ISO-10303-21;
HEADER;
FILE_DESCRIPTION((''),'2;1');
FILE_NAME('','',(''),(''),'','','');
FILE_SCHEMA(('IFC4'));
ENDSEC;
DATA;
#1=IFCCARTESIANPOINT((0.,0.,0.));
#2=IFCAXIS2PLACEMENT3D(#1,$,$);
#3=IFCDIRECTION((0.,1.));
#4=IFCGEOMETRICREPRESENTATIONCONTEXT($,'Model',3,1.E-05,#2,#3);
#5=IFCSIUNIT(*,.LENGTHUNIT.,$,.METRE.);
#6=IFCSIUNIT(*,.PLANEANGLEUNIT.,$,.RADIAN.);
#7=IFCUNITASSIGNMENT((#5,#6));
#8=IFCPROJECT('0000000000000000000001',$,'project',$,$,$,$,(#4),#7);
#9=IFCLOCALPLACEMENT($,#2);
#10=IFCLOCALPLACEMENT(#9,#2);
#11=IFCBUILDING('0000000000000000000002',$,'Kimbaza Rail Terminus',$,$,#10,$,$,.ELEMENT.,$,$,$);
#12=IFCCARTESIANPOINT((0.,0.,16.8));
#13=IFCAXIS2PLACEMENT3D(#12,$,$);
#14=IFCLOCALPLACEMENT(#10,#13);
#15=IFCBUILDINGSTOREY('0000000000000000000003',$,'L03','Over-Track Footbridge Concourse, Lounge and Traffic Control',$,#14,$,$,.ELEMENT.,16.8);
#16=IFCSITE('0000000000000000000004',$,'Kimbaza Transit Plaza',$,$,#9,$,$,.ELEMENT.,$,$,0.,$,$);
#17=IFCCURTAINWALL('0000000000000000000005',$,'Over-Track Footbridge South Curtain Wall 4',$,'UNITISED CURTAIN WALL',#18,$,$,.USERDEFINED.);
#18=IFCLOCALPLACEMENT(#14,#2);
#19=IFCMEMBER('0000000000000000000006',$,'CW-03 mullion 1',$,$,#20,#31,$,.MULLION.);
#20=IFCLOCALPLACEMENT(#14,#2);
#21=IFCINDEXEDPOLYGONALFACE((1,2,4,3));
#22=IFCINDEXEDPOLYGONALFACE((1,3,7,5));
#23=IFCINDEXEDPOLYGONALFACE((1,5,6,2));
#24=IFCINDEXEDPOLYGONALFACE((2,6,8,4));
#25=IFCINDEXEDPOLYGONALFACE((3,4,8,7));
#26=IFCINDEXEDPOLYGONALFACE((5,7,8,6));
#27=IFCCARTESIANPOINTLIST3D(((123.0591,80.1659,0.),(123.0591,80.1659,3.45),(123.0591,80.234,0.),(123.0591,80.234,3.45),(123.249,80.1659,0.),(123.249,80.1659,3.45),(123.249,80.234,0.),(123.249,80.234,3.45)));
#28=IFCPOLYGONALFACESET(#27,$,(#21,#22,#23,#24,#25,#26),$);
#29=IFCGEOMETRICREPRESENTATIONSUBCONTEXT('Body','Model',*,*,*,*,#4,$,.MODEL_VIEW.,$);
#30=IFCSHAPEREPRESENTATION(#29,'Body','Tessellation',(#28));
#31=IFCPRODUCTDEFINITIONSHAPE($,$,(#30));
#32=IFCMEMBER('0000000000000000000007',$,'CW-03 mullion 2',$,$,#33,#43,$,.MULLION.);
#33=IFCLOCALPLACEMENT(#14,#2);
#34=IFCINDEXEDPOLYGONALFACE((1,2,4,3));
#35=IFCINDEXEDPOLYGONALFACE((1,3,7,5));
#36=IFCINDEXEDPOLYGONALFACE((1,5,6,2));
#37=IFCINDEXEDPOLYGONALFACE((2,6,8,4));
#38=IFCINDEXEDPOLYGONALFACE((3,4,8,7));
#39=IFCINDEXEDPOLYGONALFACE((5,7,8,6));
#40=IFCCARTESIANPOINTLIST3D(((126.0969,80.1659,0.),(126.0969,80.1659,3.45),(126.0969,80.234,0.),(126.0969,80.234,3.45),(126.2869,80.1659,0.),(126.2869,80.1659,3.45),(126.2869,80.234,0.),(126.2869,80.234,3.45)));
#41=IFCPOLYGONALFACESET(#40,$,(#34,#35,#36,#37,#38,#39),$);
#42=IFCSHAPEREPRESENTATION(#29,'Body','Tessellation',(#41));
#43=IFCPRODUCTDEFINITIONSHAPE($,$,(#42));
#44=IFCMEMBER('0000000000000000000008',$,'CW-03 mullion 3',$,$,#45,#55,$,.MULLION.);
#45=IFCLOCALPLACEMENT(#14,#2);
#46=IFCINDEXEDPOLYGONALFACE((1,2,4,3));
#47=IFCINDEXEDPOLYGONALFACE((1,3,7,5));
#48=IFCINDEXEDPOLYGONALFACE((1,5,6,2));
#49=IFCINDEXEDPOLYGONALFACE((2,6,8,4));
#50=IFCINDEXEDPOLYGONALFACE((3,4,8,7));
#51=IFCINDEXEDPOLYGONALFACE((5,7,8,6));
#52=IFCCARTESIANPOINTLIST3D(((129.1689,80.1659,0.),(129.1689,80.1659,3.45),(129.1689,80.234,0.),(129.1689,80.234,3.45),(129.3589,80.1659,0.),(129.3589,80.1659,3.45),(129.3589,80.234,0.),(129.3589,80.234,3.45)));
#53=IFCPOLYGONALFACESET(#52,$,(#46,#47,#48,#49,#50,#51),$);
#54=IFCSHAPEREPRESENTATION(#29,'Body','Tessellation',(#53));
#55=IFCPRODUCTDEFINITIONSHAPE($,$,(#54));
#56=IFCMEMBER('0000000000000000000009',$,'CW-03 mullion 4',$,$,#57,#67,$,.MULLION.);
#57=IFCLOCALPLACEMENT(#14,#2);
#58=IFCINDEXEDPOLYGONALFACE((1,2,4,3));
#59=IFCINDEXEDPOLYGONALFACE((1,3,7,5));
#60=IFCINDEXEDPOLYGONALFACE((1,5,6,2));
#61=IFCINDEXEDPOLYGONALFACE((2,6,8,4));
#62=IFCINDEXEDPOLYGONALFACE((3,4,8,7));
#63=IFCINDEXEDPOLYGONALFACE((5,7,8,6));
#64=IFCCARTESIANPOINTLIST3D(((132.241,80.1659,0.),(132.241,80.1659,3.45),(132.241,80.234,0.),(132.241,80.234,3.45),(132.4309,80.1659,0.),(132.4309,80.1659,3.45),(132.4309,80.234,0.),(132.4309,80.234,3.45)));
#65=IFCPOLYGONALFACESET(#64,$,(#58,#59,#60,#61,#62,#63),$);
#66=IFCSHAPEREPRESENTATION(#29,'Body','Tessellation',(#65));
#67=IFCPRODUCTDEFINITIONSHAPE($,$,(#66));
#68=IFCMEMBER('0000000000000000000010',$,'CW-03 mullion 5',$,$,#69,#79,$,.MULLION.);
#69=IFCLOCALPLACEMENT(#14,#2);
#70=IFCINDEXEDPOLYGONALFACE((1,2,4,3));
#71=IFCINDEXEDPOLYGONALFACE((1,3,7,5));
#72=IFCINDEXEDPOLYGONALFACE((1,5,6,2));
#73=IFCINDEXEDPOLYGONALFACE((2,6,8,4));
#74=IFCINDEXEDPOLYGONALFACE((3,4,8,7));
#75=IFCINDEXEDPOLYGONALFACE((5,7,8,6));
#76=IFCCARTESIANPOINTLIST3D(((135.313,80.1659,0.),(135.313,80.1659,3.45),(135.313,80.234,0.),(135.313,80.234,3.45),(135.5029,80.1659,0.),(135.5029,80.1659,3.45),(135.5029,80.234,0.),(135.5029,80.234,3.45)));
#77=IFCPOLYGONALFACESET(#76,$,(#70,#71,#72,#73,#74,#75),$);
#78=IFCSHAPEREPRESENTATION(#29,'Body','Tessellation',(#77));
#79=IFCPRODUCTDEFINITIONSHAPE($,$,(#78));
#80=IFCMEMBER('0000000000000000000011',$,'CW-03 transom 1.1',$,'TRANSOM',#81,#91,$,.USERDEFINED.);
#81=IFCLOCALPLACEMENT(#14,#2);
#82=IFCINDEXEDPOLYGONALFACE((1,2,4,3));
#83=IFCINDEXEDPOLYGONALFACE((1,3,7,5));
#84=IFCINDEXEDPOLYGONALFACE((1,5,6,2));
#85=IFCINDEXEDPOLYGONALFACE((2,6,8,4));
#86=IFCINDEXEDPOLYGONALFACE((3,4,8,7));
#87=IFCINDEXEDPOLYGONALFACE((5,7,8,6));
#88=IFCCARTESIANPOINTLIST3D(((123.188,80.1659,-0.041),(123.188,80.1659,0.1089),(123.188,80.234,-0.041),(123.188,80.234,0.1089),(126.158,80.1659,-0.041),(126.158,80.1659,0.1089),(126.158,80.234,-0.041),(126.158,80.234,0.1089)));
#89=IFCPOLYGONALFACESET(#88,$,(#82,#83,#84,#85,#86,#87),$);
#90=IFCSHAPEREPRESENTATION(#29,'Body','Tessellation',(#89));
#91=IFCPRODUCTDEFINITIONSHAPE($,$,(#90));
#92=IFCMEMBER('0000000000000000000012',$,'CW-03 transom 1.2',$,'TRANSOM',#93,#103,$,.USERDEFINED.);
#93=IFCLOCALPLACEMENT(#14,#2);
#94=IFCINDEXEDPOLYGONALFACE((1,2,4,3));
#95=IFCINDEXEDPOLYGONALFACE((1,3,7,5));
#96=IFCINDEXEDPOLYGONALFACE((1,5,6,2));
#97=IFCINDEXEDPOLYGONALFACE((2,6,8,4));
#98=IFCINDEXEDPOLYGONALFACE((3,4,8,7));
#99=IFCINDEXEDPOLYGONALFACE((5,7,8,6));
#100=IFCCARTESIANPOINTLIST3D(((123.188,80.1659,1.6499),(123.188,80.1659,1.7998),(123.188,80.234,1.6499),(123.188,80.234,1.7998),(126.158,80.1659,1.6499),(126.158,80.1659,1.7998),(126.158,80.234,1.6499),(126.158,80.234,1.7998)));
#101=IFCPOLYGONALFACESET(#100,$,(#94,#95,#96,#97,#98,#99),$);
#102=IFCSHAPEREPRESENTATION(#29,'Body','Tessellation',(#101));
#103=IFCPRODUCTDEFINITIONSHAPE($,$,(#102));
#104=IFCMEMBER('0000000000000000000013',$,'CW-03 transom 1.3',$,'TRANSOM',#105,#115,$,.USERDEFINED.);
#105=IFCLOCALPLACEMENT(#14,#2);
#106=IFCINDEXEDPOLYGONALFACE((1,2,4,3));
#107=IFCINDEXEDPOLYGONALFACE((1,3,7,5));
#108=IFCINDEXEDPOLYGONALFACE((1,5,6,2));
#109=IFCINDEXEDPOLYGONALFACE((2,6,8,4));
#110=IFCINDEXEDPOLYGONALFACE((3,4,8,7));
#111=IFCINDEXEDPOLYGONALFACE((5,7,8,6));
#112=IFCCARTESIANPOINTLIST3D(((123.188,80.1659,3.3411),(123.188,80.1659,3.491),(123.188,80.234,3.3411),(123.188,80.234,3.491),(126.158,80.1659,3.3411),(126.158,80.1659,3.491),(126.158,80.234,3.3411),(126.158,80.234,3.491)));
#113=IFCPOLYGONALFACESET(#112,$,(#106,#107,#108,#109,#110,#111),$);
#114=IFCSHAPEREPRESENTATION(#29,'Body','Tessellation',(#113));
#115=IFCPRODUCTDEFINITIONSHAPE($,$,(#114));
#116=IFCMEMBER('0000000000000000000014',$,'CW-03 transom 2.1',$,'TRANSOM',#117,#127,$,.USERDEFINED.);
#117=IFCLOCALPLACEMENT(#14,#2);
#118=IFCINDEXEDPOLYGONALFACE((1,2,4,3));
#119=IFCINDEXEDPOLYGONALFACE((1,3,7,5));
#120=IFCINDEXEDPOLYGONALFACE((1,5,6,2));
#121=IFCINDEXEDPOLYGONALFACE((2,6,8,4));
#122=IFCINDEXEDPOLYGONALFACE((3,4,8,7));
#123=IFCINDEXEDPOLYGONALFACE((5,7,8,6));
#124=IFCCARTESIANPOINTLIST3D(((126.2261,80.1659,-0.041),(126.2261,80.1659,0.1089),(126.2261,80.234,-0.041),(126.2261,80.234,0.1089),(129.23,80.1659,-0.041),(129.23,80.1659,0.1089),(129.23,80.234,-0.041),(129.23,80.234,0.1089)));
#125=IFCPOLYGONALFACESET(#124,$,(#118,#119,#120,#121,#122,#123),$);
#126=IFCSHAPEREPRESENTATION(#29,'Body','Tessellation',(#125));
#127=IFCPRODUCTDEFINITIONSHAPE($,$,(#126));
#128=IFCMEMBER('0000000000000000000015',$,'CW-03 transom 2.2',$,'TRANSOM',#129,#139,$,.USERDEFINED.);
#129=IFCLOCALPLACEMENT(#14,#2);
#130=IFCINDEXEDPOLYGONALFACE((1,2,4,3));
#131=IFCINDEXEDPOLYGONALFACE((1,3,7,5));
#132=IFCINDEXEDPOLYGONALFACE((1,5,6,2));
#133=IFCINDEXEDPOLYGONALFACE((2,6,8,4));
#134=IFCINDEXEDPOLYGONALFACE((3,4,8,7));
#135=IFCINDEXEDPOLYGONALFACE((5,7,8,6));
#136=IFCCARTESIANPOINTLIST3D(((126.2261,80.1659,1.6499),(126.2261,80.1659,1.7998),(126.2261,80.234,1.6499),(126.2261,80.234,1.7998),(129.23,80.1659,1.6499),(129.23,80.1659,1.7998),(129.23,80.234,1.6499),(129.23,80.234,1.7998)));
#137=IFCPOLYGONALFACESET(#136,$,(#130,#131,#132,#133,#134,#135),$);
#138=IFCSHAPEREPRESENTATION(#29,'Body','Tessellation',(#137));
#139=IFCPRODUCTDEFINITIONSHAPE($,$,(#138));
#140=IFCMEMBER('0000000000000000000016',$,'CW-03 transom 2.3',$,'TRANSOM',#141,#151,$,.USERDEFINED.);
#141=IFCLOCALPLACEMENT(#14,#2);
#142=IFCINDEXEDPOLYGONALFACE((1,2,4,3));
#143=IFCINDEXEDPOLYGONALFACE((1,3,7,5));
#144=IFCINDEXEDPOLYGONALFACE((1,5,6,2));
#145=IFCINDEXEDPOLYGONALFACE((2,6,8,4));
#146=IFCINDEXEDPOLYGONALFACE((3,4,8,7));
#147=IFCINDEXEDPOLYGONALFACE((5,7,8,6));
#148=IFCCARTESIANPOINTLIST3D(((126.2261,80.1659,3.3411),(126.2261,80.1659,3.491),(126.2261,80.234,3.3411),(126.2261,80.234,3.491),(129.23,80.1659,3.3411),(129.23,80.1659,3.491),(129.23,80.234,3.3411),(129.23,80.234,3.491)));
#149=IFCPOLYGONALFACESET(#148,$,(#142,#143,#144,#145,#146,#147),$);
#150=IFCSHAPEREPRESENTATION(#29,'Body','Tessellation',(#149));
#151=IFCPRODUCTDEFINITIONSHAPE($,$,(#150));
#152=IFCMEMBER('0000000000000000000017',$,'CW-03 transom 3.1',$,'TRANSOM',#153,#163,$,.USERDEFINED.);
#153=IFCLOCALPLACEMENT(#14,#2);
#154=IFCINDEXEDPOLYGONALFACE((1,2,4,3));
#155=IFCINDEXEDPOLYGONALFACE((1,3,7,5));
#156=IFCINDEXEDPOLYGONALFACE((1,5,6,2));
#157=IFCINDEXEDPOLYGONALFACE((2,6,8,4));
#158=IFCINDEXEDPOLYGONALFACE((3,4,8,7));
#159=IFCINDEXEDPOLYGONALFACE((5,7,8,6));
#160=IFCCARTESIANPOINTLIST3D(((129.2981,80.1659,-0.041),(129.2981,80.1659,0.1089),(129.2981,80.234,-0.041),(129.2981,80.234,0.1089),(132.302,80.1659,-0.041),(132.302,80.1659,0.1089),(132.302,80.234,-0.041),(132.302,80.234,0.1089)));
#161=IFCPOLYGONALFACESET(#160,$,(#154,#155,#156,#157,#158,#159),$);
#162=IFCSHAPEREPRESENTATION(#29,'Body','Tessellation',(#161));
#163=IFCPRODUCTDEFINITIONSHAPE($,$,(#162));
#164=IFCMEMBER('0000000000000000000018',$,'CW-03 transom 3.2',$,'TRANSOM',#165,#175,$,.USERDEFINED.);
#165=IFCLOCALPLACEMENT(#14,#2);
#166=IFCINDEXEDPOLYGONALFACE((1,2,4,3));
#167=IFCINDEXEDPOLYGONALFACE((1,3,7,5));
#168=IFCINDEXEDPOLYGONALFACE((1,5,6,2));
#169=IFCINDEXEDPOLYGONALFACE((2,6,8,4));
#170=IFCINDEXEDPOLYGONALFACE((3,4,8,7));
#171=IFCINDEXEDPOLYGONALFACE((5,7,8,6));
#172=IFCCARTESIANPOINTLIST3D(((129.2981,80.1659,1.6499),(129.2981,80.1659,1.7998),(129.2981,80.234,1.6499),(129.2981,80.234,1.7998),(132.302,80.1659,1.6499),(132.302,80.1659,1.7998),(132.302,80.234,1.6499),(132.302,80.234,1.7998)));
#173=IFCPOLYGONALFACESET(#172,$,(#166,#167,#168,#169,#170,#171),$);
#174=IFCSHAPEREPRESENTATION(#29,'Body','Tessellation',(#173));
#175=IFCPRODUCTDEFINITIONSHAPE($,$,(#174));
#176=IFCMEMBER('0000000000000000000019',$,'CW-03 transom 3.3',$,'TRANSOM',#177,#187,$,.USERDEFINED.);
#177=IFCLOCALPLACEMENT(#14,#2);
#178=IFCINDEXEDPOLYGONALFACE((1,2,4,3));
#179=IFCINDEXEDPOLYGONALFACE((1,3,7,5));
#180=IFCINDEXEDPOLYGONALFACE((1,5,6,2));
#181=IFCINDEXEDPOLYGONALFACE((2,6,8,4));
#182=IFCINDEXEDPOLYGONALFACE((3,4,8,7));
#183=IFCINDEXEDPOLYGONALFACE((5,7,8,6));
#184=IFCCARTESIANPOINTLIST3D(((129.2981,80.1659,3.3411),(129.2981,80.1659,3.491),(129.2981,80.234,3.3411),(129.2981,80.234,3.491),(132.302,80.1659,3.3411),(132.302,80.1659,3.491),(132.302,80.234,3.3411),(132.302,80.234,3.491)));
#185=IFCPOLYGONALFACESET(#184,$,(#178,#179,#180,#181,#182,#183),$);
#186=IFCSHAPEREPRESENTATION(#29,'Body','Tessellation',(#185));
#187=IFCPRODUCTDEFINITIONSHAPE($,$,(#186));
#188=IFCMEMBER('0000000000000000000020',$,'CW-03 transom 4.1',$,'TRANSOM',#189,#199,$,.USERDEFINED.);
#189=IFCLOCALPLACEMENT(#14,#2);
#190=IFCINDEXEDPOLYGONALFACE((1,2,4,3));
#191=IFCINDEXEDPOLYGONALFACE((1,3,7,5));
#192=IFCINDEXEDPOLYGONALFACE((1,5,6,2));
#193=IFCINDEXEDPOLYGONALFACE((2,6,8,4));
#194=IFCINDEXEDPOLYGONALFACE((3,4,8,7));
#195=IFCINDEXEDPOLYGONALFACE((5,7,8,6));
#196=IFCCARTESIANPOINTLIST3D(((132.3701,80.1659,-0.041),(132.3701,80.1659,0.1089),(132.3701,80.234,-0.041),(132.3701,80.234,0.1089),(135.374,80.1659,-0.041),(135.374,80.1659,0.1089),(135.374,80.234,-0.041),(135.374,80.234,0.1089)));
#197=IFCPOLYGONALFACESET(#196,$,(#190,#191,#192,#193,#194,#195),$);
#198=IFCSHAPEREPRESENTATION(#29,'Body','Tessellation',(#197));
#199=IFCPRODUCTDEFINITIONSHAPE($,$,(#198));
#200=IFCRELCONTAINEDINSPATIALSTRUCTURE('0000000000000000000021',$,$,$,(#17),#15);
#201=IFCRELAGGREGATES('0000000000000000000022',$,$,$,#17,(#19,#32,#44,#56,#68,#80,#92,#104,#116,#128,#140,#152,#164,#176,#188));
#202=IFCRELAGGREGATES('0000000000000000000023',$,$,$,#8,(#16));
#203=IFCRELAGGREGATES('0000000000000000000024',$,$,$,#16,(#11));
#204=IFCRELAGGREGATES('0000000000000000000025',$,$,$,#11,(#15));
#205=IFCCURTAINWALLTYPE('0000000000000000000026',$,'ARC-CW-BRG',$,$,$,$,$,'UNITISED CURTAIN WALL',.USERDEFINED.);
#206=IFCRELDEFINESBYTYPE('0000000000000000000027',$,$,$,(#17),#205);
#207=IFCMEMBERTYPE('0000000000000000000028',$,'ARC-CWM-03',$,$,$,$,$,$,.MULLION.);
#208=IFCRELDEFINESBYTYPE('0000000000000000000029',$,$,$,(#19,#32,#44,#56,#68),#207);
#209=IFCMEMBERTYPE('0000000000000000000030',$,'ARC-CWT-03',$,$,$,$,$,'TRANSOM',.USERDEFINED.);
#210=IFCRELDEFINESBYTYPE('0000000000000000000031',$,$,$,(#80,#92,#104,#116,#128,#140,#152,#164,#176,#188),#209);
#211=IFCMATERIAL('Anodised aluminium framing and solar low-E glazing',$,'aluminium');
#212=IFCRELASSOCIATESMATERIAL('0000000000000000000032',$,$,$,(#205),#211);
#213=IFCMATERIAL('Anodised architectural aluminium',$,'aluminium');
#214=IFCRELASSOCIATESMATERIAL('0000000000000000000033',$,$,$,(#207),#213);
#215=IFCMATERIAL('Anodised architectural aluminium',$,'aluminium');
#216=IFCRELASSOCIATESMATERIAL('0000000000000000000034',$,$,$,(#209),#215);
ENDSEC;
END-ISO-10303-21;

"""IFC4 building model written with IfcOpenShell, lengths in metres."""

from ifc_helpers import new_model, si_unit, direction, frame, origin, origin_2d, place, context, subcontext, project, spatial, rectangle, extrude, material, material_profile, profile_set, type_object, element, aggregate, save


model = new_model("IFC4")

# Units and contexts
model_context = context("Model", 3, precision=1e-05, world=origin(), true_north=direction((0.0, 1.0)))
body_context = subcontext(model_context, "Body", "Model", "MODEL_VIEW")
ifc_project = project(units=[si_unit("LENGTHUNIT", "METRE"), si_unit("PLANEANGLEUNIT", "RADIAN")], contexts=[model_context])

# Site, building, storey
site_placement = place(None, origin())
site = spatial("IfcSite", under=ifc_project, at=site_placement, Name="Kimbaza Transit Plaza", CompositionType="ELEMENT", RefElevation=0.0)
building_placement = place(site_placement, origin())
building = spatial("IfcBuilding", under=site, at=building_placement, Name="Kimbaza Rail Terminus", CompositionType="ELEMENT")
storey_placement = place(building_placement, frame((0.0, 0.0, 16.8)))
storey = spatial("IfcBuildingStorey", under=building, at=storey_placement, Name="L03", Description="Over-Track Footbridge Concourse, Lounge and Traffic Control", CompositionType="ELEMENT", Elevation=16.8)

# Curtain wall, members
ifc_material_1 = material(Name="Anodised aluminium framing and solar low-E glazing", Category="aluminium")
curtain_wall_type = type_object("IfcCurtainWallType", Name="ARC-CW-BRG", ElementType="UNITISED CURTAIN WALL", PredefinedType="USERDEFINED", material=ifc_material_1)
curtain_wall_placement = place(storey_placement, origin())
curtain_wall = element("IfcCurtainWall", 1, at=curtain_wall_placement, inside=storey, type_object=curtain_wall_type, Name="Over-Track Footbridge South Curtain Wall 4", ObjectType="UNITISED CURTAIN WALL", PredefinedType="USERDEFINED")
ifc_material_2 = material(Name="Anodised architectural aluminium", Category="aluminium")
ifc_material_profile_1 = material_profile(ifc_material_2, rectangle(XDim=0.0681, YDim=0.1899, at=origin_2d()), Name="MULLION 68x190")
ifc_profile_set_1 = profile_set([ifc_material_profile_1], Name="Anodised architectural aluminium")
member_type_1 = type_object("IfcMemberType", Name="ARC-CWM-03", PredefinedType="MULLION", material=ifc_profile_set_1)
member_1_placement = place(storey_placement, frame((123.1541, 80.2, 0.0), z_axis=(0.0, 0.0, 1.0), x_axis=(0.0, 1.0, 0.0)))
member_1 = element("IfcMember", 2, at=member_1_placement, type_object=member_type_1, Name="CW-03 mullion 1", PredefinedType="MULLION", context=body_context, shape_type="SweptSolid", body=[
    extrude(rectangle(XDim=0.0681, YDim=0.1899, at=origin_2d()), origin(), (0.0, 0.0, 1.0), 3.45),
])
member_2_placement = place(storey_placement, frame((126.1919, 80.2, 0.0), z_axis=(0.0, 0.0, 1.0), x_axis=(0.0, 1.0, 0.0)))
member_2 = element("IfcMember", 3, at=member_2_placement, type_object=member_type_1, Name="CW-03 mullion 2", PredefinedType="MULLION", context=body_context, shape_type="SweptSolid", body=[
    extrude(rectangle(XDim=0.0681, YDim=0.1899, at=origin_2d()), origin(), (0.0, 0.0, 1.0), 3.45),
])
member_3_placement = place(storey_placement, frame((129.2639, 80.2, 0.0), z_axis=(0.0, 0.0, 1.0), x_axis=(0.0, 1.0, 0.0)))
member_3 = element("IfcMember", 4, at=member_3_placement, type_object=member_type_1, Name="CW-03 mullion 3", PredefinedType="MULLION", context=body_context, shape_type="SweptSolid", body=[
    extrude(rectangle(XDim=0.0681, YDim=0.1899, at=origin_2d()), origin(), (0.0, 0.0, 1.0), 3.45),
])
member_4_placement = place(storey_placement, frame((132.3359, 80.2, 0.0), z_axis=(0.0, 0.0, 1.0), x_axis=(0.0, 1.0, 0.0)))
member_4 = element("IfcMember", 5, at=member_4_placement, type_object=member_type_1, Name="CW-03 mullion 4", PredefinedType="MULLION", context=body_context, shape_type="SweptSolid", body=[
    extrude(rectangle(XDim=0.0681, YDim=0.1899, at=origin_2d()), origin(), (0.0, 0.0, 1.0), 3.45),
])
member_5_placement = place(storey_placement, frame((135.408, 80.2, 0.0), z_axis=(0.0, 0.0, 1.0), x_axis=(0.0, 1.0, 0.0)))
member_5 = element("IfcMember", 6, at=member_5_placement, type_object=member_type_1, Name="CW-03 mullion 5", PredefinedType="MULLION", context=body_context, shape_type="SweptSolid", body=[
    extrude(rectangle(XDim=0.0681, YDim=0.1899, at=origin_2d()), origin(), (0.0, 0.0, 1.0), 3.45),
])
ifc_material_3 = material(Name="Anodised architectural aluminium", Category="aluminium")
ifc_material_profile_2 = material_profile(ifc_material_3, rectangle(XDim=0.0681, YDim=0.1499, at=origin_2d()), Name="TRANSOM 68x150")
ifc_profile_set_2 = profile_set([ifc_material_profile_2], Name="Anodised architectural aluminium")
member_type_2 = type_object("IfcMemberType", Name="ARC-CWT-03", ElementType="TRANSOM", PredefinedType="USERDEFINED", material=ifc_profile_set_2)
member_6_placement = place(storey_placement, frame((123.188, 80.2, 0.0339), z_axis=(1.0, 0.0, 0.0), x_axis=(0.0, 1.0, 0.0)))
member_6 = element("IfcMember", 7, at=member_6_placement, type_object=member_type_2, Name="CW-03 transom 1.1", ObjectType="TRANSOM", PredefinedType="USERDEFINED", context=body_context, shape_type="SweptSolid", body=[
    extrude(rectangle(XDim=0.0681, YDim=0.1499, at=origin_2d()), origin(), (0.0, 0.0, 1.0), 2.97),
])
member_7_placement = place(storey_placement, frame((123.188, 80.2, 1.7249), z_axis=(1.0, 0.0, 0.0), x_axis=(0.0, 1.0, 0.0)))
member_7 = element("IfcMember", 8, at=member_7_placement, type_object=member_type_2, Name="CW-03 transom 1.2", ObjectType="TRANSOM", PredefinedType="USERDEFINED", context=body_context, shape_type="SweptSolid", body=[
    extrude(rectangle(XDim=0.0681, YDim=0.1499, at=origin_2d()), origin(), (0.0, 0.0, 1.0), 2.97),
])
member_8_placement = place(storey_placement, frame((123.188, 80.2, 3.416), z_axis=(1.0, 0.0, 0.0), x_axis=(0.0, 1.0, 0.0)))
member_8 = element("IfcMember", 9, at=member_8_placement, type_object=member_type_2, Name="CW-03 transom 1.3", ObjectType="TRANSOM", PredefinedType="USERDEFINED", context=body_context, shape_type="SweptSolid", body=[
    extrude(rectangle(XDim=0.0681, YDim=0.1499, at=origin_2d()), origin(), (0.0, 0.0, 1.0), 2.97),
])
member_9_placement = place(storey_placement, frame((126.2261, 80.2, 0.0339), z_axis=(1.0, 0.0, 0.0), x_axis=(0.0, 1.0, 0.0)))
member_9 = element("IfcMember", 10, at=member_9_placement, type_object=member_type_2, Name="CW-03 transom 2.1", ObjectType="TRANSOM", PredefinedType="USERDEFINED", context=body_context, shape_type="SweptSolid", body=[
    extrude(rectangle(XDim=0.0681, YDim=0.1499, at=origin_2d()), origin(), (0.0, 0.0, 1.0), 3.0039),
])
member_10_placement = place(storey_placement, frame((126.2261, 80.2, 1.7249), z_axis=(1.0, 0.0, 0.0), x_axis=(0.0, 1.0, 0.0)))
member_10 = element("IfcMember", 11, at=member_10_placement, type_object=member_type_2, Name="CW-03 transom 2.2", ObjectType="TRANSOM", PredefinedType="USERDEFINED", context=body_context, shape_type="SweptSolid", body=[
    extrude(rectangle(XDim=0.0681, YDim=0.1499, at=origin_2d()), origin(), (0.0, 0.0, 1.0), 3.0039),
])
member_11_placement = place(storey_placement, frame((126.2261, 80.2, 3.416), z_axis=(1.0, 0.0, 0.0), x_axis=(0.0, 1.0, 0.0)))
member_11 = element("IfcMember", 12, at=member_11_placement, type_object=member_type_2, Name="CW-03 transom 2.3", ObjectType="TRANSOM", PredefinedType="USERDEFINED", context=body_context, shape_type="SweptSolid", body=[
    extrude(rectangle(XDim=0.0681, YDim=0.1499, at=origin_2d()), origin(), (0.0, 0.0, 1.0), 3.0039),
])
member_12_placement = place(storey_placement, frame((129.2981, 80.2, 0.0339), z_axis=(1.0, 0.0, 0.0), x_axis=(0.0, 1.0, 0.0)))
member_12 = element("IfcMember", 13, at=member_12_placement, type_object=member_type_2, Name="CW-03 transom 3.1", ObjectType="TRANSOM", PredefinedType="USERDEFINED", context=body_context, shape_type="SweptSolid", body=[
    extrude(rectangle(XDim=0.0681, YDim=0.1499, at=origin_2d()), origin(), (0.0, 0.0, 1.0), 3.0039),
])
member_13_placement = place(storey_placement, frame((129.2981, 80.2, 1.7249), z_axis=(1.0, 0.0, 0.0), x_axis=(0.0, 1.0, 0.0)))
member_13 = element("IfcMember", 14, at=member_13_placement, type_object=member_type_2, Name="CW-03 transom 3.2", ObjectType="TRANSOM", PredefinedType="USERDEFINED", context=body_context, shape_type="SweptSolid", body=[
    extrude(rectangle(XDim=0.0681, YDim=0.1499, at=origin_2d()), origin(), (0.0, 0.0, 1.0), 3.0039),
])
member_14_placement = place(storey_placement, frame((129.2981, 80.2, 3.416), z_axis=(1.0, 0.0, 0.0), x_axis=(0.0, 1.0, 0.0)))
member_14 = element("IfcMember", 15, at=member_14_placement, type_object=member_type_2, Name="CW-03 transom 3.3", ObjectType="TRANSOM", PredefinedType="USERDEFINED", context=body_context, shape_type="SweptSolid", body=[
    extrude(rectangle(XDim=0.0681, YDim=0.1499, at=origin_2d()), origin(), (0.0, 0.0, 1.0), 3.0039),
])
member_15_placement = place(storey_placement, frame((132.3701, 80.2, 0.0339), z_axis=(1.0, 0.0, 0.0), x_axis=(0.0, 1.0, 0.0)))
member_15 = element("IfcMember", 16, at=member_15_placement, type_object=member_type_2, Name="CW-03 transom 4.1", ObjectType="TRANSOM", PredefinedType="USERDEFINED", context=body_context, shape_type="SweptSolid", body=[
    extrude(rectangle(XDim=0.0681, YDim=0.1499, at=origin_2d()), origin(), (0.0, 0.0, 1.0), 3.0039),
])

aggregate(curtain_wall, [member_1, member_2, member_3, member_4, member_5, member_6, member_7, member_8, member_9, member_10, member_11, member_12, member_13, member_14, member_15])

save(model, "model.ifc")
